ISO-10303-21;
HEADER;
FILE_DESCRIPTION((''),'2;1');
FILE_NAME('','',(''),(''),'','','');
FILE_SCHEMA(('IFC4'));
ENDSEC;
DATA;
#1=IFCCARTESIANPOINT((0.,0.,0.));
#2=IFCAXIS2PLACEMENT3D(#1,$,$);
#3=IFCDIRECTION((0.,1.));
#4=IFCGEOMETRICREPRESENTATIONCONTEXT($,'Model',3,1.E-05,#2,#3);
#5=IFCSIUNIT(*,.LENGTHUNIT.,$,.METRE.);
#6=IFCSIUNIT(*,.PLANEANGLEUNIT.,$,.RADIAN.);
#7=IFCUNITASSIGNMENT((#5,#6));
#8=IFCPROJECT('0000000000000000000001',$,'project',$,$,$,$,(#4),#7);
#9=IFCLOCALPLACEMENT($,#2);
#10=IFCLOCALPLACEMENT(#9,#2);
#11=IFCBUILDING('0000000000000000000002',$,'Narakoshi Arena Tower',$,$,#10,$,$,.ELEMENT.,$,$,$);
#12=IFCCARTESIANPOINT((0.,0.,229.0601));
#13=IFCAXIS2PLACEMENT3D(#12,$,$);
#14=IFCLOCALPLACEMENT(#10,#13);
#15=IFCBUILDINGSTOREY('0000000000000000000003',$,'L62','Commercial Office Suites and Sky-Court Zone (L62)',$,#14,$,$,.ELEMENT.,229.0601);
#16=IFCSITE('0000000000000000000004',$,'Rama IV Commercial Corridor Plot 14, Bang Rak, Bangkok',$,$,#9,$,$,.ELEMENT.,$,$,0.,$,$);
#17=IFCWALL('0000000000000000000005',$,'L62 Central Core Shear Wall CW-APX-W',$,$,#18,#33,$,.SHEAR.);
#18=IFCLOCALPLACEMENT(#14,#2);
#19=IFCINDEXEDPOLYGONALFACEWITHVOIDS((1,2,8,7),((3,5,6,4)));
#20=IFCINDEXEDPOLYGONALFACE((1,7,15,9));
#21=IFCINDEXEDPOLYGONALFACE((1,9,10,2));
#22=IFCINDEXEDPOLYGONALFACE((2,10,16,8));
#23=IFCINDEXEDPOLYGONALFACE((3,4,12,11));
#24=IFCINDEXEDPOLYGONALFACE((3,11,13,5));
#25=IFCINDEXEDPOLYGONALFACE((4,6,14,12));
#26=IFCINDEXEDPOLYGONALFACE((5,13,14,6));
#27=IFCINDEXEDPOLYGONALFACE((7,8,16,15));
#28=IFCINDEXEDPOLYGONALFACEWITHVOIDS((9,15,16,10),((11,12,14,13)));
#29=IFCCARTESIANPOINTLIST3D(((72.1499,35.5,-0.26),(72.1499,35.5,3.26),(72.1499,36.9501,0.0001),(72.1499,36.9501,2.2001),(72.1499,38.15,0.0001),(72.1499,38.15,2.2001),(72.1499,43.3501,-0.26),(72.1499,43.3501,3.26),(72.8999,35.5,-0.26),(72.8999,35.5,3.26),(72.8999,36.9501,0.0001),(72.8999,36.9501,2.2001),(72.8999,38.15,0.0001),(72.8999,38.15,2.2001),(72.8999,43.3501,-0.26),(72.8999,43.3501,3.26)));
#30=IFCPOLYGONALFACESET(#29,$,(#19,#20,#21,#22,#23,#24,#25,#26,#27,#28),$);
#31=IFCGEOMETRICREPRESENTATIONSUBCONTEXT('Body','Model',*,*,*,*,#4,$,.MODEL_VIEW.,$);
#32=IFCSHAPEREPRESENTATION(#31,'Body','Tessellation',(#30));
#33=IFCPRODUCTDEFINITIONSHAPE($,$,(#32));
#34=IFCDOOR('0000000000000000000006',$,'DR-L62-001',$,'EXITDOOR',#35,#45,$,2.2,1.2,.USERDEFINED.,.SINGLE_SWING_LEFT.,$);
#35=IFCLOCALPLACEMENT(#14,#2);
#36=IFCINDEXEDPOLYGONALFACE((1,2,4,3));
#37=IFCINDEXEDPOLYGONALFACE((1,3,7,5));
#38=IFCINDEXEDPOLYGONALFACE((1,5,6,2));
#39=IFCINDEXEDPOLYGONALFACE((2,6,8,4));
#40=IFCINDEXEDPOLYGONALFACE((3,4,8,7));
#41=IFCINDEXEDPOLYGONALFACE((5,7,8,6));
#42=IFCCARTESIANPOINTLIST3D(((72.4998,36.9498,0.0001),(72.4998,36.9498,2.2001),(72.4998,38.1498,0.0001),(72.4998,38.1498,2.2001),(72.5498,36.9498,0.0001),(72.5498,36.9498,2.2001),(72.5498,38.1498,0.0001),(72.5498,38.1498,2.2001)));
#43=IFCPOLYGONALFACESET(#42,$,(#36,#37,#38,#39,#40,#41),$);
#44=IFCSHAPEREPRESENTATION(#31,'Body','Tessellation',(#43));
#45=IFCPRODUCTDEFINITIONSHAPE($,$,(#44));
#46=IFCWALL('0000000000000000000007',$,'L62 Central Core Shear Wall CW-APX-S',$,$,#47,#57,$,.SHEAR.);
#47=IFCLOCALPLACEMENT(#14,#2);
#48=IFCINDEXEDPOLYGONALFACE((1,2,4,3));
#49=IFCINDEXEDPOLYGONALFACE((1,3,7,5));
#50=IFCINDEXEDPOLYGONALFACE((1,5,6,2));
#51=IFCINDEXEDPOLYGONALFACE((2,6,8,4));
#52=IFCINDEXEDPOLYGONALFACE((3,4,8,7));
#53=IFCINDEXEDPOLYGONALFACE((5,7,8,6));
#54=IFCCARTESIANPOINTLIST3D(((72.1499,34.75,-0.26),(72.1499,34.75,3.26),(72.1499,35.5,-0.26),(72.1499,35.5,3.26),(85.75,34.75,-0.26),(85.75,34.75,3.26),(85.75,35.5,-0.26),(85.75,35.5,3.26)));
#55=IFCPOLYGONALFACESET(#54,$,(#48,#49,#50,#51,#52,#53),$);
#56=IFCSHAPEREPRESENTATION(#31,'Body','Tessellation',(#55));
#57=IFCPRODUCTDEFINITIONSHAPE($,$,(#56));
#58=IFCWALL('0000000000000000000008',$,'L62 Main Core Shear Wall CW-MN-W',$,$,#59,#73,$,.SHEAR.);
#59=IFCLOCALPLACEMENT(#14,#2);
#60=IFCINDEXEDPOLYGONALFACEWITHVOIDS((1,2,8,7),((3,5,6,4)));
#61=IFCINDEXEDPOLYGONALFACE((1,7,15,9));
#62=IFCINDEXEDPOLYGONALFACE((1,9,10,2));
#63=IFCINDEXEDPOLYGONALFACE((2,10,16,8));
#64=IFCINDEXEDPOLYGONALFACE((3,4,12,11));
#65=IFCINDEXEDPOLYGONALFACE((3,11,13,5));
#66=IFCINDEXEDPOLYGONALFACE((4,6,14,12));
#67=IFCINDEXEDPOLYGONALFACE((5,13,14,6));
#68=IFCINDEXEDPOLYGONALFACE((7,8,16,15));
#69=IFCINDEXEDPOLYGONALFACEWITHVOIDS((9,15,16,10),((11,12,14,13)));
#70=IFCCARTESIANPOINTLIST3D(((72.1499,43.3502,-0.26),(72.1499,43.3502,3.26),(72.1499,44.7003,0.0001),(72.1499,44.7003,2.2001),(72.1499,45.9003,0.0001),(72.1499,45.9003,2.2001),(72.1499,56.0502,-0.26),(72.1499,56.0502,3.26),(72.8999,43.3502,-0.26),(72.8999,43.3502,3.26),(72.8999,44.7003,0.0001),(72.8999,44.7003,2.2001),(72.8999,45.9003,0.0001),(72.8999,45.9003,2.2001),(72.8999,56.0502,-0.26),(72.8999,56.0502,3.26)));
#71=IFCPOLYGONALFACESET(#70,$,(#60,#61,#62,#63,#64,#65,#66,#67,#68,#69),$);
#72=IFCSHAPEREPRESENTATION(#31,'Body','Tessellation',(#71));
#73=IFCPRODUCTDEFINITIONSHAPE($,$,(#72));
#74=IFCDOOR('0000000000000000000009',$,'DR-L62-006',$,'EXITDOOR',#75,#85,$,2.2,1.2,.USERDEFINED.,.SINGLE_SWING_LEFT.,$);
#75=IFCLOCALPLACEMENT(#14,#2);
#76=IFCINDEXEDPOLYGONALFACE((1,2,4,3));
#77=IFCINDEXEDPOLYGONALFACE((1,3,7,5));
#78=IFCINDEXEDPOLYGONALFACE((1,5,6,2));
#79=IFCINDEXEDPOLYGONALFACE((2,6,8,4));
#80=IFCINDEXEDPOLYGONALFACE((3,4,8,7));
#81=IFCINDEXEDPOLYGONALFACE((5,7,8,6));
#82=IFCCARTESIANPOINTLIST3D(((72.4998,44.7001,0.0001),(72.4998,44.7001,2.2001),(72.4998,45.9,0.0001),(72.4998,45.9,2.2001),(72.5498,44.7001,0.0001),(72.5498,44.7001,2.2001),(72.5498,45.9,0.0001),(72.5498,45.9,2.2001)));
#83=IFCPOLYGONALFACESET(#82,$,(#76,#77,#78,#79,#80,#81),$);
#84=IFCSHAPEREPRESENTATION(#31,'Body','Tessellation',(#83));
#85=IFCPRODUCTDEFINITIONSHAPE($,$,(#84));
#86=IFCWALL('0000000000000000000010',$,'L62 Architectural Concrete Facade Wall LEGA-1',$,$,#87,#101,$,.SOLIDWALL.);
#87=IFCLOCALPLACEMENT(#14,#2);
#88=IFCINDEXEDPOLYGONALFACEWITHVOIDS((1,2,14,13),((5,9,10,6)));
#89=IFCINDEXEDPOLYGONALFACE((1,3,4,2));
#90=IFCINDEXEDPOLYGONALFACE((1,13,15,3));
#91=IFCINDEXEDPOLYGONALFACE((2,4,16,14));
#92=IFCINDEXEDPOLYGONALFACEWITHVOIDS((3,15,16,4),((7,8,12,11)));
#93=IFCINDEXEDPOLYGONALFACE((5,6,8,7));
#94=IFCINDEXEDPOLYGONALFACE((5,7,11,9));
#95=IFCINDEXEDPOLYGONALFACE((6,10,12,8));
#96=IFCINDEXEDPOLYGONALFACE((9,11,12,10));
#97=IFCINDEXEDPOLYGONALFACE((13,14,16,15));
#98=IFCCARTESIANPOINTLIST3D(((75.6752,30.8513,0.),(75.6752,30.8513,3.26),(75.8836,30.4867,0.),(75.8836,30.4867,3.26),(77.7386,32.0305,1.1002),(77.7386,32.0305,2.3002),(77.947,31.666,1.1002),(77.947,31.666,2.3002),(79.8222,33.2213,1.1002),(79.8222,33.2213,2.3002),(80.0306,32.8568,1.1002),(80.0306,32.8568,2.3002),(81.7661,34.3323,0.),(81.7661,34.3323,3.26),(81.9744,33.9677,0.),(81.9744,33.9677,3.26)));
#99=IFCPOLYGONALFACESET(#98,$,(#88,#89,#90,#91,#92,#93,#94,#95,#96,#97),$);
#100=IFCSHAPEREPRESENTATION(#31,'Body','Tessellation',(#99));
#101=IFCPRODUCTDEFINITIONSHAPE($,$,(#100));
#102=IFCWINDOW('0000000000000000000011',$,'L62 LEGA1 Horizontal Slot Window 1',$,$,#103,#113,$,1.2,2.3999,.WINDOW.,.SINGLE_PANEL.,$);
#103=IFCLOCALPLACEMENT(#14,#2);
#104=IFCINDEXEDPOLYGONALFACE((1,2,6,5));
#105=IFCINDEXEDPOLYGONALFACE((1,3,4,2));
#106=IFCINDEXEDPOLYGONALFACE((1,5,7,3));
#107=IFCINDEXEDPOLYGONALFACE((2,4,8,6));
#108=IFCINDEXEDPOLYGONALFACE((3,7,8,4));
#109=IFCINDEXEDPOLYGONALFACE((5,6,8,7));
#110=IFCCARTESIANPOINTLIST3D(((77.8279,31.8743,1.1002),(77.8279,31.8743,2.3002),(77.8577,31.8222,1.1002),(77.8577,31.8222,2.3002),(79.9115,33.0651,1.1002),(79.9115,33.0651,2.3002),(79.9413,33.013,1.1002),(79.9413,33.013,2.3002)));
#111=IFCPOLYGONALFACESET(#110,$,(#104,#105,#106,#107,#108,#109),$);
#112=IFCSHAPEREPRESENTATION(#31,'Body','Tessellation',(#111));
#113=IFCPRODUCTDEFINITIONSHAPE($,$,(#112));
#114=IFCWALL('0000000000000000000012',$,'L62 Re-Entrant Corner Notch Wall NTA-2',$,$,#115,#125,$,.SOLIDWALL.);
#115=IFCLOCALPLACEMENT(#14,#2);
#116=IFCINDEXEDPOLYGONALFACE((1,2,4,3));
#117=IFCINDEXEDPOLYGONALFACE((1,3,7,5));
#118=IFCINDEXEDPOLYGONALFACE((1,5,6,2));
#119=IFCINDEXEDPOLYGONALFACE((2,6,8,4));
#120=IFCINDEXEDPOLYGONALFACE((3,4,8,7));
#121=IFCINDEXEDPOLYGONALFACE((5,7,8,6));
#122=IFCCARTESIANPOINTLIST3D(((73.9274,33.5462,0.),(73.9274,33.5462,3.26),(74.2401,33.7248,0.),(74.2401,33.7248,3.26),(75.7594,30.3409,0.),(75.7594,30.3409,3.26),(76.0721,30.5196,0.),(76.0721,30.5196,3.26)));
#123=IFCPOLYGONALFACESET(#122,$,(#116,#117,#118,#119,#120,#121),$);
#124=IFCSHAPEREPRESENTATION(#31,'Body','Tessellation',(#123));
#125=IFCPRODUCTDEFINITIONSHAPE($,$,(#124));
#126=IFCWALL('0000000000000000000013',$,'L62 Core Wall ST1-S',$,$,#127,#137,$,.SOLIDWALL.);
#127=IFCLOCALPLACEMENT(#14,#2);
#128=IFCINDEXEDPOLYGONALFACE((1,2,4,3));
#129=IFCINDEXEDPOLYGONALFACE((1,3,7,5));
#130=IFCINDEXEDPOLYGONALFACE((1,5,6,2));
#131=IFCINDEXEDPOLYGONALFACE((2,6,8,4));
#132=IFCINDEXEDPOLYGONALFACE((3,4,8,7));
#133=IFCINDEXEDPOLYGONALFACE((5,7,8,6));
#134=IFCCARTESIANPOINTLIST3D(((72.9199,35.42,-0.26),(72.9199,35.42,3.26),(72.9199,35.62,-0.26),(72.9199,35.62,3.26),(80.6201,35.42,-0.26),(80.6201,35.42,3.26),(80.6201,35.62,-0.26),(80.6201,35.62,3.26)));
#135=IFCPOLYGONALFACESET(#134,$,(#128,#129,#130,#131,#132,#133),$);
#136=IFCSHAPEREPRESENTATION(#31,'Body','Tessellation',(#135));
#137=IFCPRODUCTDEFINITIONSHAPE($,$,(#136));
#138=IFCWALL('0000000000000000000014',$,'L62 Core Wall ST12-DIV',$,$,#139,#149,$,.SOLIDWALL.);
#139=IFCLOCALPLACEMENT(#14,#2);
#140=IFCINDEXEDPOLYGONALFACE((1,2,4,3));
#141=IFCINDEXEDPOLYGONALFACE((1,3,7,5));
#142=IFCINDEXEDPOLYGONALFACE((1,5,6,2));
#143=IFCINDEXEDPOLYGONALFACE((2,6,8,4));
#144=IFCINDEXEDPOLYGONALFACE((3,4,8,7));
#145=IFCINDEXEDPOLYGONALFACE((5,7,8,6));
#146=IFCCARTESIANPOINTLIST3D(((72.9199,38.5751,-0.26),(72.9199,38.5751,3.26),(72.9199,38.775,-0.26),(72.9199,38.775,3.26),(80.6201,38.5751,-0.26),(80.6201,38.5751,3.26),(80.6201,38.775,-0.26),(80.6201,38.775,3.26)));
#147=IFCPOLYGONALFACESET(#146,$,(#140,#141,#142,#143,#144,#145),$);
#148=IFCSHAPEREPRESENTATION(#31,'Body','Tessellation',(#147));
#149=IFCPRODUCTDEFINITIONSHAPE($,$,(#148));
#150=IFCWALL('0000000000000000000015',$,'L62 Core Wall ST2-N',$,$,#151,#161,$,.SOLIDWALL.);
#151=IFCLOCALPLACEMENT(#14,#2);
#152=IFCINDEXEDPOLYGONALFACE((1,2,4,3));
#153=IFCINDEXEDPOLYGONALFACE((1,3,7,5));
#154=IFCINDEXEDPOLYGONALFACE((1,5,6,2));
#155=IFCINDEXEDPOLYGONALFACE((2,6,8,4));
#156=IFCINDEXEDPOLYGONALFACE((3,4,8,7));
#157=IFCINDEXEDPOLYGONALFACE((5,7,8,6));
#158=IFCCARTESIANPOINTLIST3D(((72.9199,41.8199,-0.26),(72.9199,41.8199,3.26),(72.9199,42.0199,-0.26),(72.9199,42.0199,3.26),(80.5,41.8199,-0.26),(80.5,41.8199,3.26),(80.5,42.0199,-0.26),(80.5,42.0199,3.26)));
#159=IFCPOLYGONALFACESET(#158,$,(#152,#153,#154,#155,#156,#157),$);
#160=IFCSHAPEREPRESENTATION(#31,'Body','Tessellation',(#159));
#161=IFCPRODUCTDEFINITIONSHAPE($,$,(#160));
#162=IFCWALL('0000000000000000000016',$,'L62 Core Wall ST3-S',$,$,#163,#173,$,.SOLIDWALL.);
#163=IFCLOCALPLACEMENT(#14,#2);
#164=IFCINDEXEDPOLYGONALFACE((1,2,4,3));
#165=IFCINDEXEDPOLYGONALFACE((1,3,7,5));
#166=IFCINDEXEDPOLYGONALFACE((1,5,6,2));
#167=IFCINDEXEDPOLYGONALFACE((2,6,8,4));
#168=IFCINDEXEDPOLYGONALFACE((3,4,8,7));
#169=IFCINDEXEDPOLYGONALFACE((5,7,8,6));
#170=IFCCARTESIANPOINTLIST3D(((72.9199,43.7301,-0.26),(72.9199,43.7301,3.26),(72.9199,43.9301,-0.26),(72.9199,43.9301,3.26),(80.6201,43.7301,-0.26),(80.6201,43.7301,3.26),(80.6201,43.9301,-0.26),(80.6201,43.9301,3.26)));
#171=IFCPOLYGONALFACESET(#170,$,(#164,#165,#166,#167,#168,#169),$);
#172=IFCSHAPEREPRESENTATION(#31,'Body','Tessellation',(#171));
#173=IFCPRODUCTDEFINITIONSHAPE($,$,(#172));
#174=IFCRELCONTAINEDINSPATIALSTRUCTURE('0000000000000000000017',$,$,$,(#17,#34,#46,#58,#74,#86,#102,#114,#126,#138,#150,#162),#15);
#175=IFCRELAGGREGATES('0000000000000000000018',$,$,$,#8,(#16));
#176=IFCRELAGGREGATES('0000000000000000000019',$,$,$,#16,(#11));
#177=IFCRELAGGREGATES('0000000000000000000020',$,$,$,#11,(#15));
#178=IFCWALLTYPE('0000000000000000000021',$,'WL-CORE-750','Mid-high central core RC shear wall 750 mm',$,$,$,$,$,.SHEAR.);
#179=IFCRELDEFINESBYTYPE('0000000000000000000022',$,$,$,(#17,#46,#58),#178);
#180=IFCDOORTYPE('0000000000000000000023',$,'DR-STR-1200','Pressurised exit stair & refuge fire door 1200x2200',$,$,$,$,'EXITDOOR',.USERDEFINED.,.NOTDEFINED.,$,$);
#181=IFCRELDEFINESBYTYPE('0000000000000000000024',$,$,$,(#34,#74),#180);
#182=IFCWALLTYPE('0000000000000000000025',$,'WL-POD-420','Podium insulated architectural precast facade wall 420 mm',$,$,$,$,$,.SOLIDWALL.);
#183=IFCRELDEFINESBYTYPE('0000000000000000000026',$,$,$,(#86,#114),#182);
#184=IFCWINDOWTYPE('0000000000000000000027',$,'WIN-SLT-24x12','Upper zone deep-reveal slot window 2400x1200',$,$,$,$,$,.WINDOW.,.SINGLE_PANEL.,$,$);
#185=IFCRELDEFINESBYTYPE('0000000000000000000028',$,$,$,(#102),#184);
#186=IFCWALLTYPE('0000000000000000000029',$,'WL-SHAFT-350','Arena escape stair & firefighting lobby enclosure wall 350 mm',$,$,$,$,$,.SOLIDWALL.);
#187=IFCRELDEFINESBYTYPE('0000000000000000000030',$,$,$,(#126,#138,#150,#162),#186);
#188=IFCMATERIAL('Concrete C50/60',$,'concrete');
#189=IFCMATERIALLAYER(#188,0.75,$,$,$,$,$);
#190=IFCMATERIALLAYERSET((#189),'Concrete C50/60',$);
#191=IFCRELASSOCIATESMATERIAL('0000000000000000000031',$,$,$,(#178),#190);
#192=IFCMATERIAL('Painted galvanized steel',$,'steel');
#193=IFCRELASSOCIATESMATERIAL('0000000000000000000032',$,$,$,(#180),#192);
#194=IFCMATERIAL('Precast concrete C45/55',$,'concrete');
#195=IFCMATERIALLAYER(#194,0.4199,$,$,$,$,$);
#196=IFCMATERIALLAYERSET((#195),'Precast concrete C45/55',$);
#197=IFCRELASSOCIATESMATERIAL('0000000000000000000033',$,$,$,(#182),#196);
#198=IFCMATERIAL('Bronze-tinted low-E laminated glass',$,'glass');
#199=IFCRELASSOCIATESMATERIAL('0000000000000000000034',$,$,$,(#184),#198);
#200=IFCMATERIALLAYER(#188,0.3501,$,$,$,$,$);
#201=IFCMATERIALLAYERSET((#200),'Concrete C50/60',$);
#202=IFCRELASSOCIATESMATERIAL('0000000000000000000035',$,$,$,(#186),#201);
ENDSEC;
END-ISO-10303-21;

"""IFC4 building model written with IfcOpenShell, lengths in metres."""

from ifc_helpers import new_model, si_unit, direction, frame, frame_2d, origin, place, context, subcontext, project, spatial, rectangle, extrude, material, layer, layer_set, type_object, element, fill, save


model = new_model("IFC4")

# Units and contexts
model_context = context("Model", 3, precision=1e-05, world=origin(), true_north=direction((0.0, 1.0)))
body_context = subcontext(model_context, "Body", "Model", "MODEL_VIEW")
ifc_project = project(units=[si_unit("LENGTHUNIT", "METRE"), si_unit("PLANEANGLEUNIT", "RADIAN")], contexts=[model_context])

# Site, building, storey
site_placement = place(None, origin())
site = spatial("IfcSite", under=ifc_project, at=site_placement, Name="Rama IV Commercial Corridor Plot 14, Bang Rak, Bangkok", CompositionType="ELEMENT", RefElevation=0.0)
building_placement = place(site_placement, origin())
building = spatial("IfcBuilding", under=site, at=building_placement, Name="Narakoshi Arena Tower", CompositionType="ELEMENT")
storey_placement = place(building_placement, frame((0.0, 0.0, 229.0601)))
storey = spatial("IfcBuildingStorey", under=building, at=storey_placement, Name="L62", Description="Commercial Office Suites and Sky-Court Zone (L62)", CompositionType="ELEMENT", Elevation=229.0601)

# Wall, opening, door
ifc_material_1 = material(Name="Concrete C50/60", Category="concrete")
ifc_layer_1 = layer(ifc_material_1, 0.75)
ifc_layer_set_1 = layer_set([ifc_layer_1], Name="Concrete C50/60")
wall_type_1 = type_object("IfcWallType", Name="WL-CORE-750", Description="Mid-high central core RC shear wall 750 mm", PredefinedType="SHEAR", material=ifc_layer_set_1)
wall_1_placement = place(storey_placement, frame((72.5249, 35.5, -0.26), z_axis=(0.0, 0.0, 1.0), x_axis=(0.0, 1.0, 0.0)))
wall_1 = element("IfcWall", 1, at=wall_1_placement, inside=storey, type_object=wall_type_1, Name="L62 Central Core Shear Wall CW-APX-W", PredefinedType="SHEAR", context=body_context, shape_type="SweptSolid", body=[
    extrude(rectangle(XDim=7.8501, YDim=0.75, at=frame_2d((3.925, 0.0))), origin(), (0.0, 0.0, 1.0), 3.52),
])
opening_1_placement = place(wall_1_placement, frame((1.45, 0.0, 0.26)))
opening_1 = element("IfcOpeningElement", 2, at=opening_1_placement, cuts=wall_1, PredefinedType="OPENING", context=body_context, shape_type="SweptSolid", body=[
    extrude(rectangle(XDim=1.2, YDim=2.2, at=frame_2d((0.6001, 1.1001))), frame((0.0, 0.385, 0.0), z_axis=(0.0, -1.0, 0.0), x_axis=(1.0, 0.0, 0.0)), (0.0, 0.0, 1.0), 0.77),
])
ifc_material_2 = material(Name="Painted galvanized steel", Category="steel")
door_type = type_object("IfcDoorType", Name="DR-STR-1200", Description="Pressurised exit stair & refuge fire door 1200x2200", ElementType="EXITDOOR", OperationType="NOTDEFINED", PredefinedType="USERDEFINED", material=ifc_material_2)
door_1_placement = place(opening_1_placement, frame((1.2, 0.0, 0.0), z_axis=(0.0, 0.0, 1.0), x_axis=(-1.0, 0.0, 0.0)))
door_1 = element("IfcDoor", 3, at=door_1_placement, inside=storey, type_object=door_type, Name="DR-L62-001", ObjectType="EXITDOOR", OperationType="SINGLE_SWING_LEFT", OverallHeight=2.2, OverallWidth=1.2, PredefinedType="USERDEFINED", context=body_context, shape_type="SweptSolid", body=[
    extrude(rectangle(XDim=1.2, YDim=2.2, at=frame_2d((0.6001, 1.1001))), frame((0.0, 0.0249, 0.0), z_axis=(0.0, -1.0, 0.0), x_axis=(1.0, 0.0, 0.0)), (0.0, 0.0, 1.0), 0.05),
])
fill(opening_1, door_1)

# Wall
wall_2_placement = place(storey_placement, frame((72.1499, 35.125, -0.26), z_axis=(0.0, 0.0, 1.0), x_axis=(1.0, 0.0, 0.0)))
element("IfcWall", 4, at=wall_2_placement, inside=storey, type_object=wall_type_1, Name="L62 Central Core Shear Wall CW-APX-S", PredefinedType="SHEAR", context=body_context, shape_type="SweptSolid", body=[
    extrude(rectangle(XDim=13.6001, YDim=0.75, at=frame_2d((6.8, 0.0))), origin(), (0.0, 0.0, 1.0), 3.52),
])

# Wall, opening, door
wall_3_placement = place(storey_placement, frame((72.5249, 43.3501, -0.26), z_axis=(0.0, 0.0, 1.0), x_axis=(0.0, 1.0, 0.0)))
wall_3 = element("IfcWall", 5, at=wall_3_placement, inside=storey, type_object=wall_type_1, Name="L62 Main Core Shear Wall CW-MN-W", PredefinedType="SHEAR", context=body_context, shape_type="SweptSolid", body=[
    extrude(rectangle(XDim=12.7, YDim=0.75, at=frame_2d((6.3501, 0.0))), origin(), (0.0, 0.0, 1.0), 3.52),
])
opening_2_placement = place(wall_3_placement, frame((1.3501, 0.0, 0.26)))
opening_2 = element("IfcOpeningElement", 6, at=opening_2_placement, cuts=wall_3, PredefinedType="OPENING", context=body_context, shape_type="SweptSolid", body=[
    extrude(rectangle(XDim=1.2, YDim=2.2, at=frame_2d((0.6001, 1.1001))), frame((0.0, 0.385, 0.0), z_axis=(0.0, -1.0, 0.0), x_axis=(1.0, 0.0, 0.0)), (0.0, 0.0, 1.0), 0.77),
])
door_2_placement = place(opening_2_placement, frame((1.2, 0.0, 0.0), z_axis=(0.0, 0.0, 1.0), x_axis=(-1.0, 0.0, 0.0)))
door_2 = element("IfcDoor", 7, at=door_2_placement, inside=storey, type_object=door_type, Name="DR-L62-006", ObjectType="EXITDOOR", OperationType="SINGLE_SWING_LEFT", OverallHeight=2.2, OverallWidth=1.2, PredefinedType="USERDEFINED", context=body_context, shape_type="SweptSolid", body=[
    extrude(rectangle(XDim=1.2, YDim=2.2, at=frame_2d((0.6001, 1.1001))), frame((0.0, 0.0249, 0.0), z_axis=(0.0, -1.0, 0.0), x_axis=(1.0, 0.0, 0.0)), (0.0, 0.0, 1.0), 0.05),
])
fill(opening_2, door_2)

# Wall, opening, window
ifc_material_3 = material(Name="Precast concrete C45/55", Category="concrete")
ifc_layer_2 = layer(ifc_material_3, 0.4199)
ifc_layer_set_2 = layer_set([ifc_layer_2], Name="Precast concrete C45/55")
wall_type_2 = type_object("IfcWallType", Name="WL-POD-420", Description="Podium insulated architectural precast facade wall 420 mm", PredefinedType="SOLIDWALL", material=ifc_layer_set_2)
wall_4_placement = place(storey_placement, frame((75.7793, 30.6689, 0.0), z_axis=(0.0, 0.0, 1.0), x_axis=(0.868213, 0.496191, 0.0)))
wall_4 = element("IfcWall", 8, at=wall_4_placement, inside=storey, type_object=wall_type_2, Name="L62 Architectural Concrete Facade Wall LEGA-1", PredefinedType="SOLIDWALL", context=body_context, shape_type="SweptSolid", body=[
    extrude(rectangle(XDim=7.0154, YDim=0.4199, at=frame_2d((3.5078, 0.0))), origin(), (0.0, 0.0, 1.0), 3.26),
])
opening_3_placement = place(wall_4_placement, frame((2.3767, 0.0, 1.1001)))
opening_3 = element("IfcOpeningElement", 9, at=opening_3_placement, cuts=wall_4, PredefinedType="OPENING", context=body_context, shape_type="SweptSolid", body=[
    extrude(rectangle(XDim=2.3999, YDim=1.2, at=frame_2d((1.2, 0.6001))), frame((0.0, 0.22, 0.0), z_axis=(0.0, -1.0, 0.0), x_axis=(1.0, 0.0, 0.0)), (0.0, 0.0, 1.0), 0.4399),
])
ifc_material_4 = material(Name="Bronze-tinted low-E laminated glass", Category="glass")
window_type = type_object("IfcWindowType", Name="WIN-SLT-24x12", Description="Upper zone deep-reveal slot window 2400x1200", PartitioningType="SINGLE_PANEL", PredefinedType="WINDOW", material=ifc_material_4)
window_placement = place(opening_3_placement, origin())
window = element("IfcWindow", 10, at=window_placement, inside=storey, type_object=window_type, Name="L62 LEGA1 Horizontal Slot Window 1", OverallHeight=1.2, OverallWidth=2.3999, PartitioningType="SINGLE_PANEL", PredefinedType="WINDOW", context=body_context, shape_type="SweptSolid", body=[
    extrude(rectangle(XDim=2.3999, YDim=1.2, at=frame_2d((1.2, 0.6001))), frame((0.0, 0.03, 0.0), z_axis=(0.0, -1.0, 0.0), x_axis=(1.0, 0.0, 0.0)), (0.0, 0.0, 1.0), 0.0601),
])
fill(opening_3, window)

# Walls
wall_5_placement = place(storey_placement, frame((74.0837, 33.6355, 0.0), z_axis=(0.0, 0.0, 1.0), x_axis=(0.496224, -0.868194, 0.0)))
element("IfcWall", 11, at=wall_5_placement, inside=storey, type_object=wall_type_2, Name="L62 Re-Entrant Corner Notch Wall NTA-2", PredefinedType="SOLIDWALL", context=body_context, shape_type="SweptSolid", body=[
    extrude(rectangle(XDim=3.6919, YDim=0.3601, at=frame_2d((1.8459, 0.0))), origin(), (0.0, 0.0, 1.0), 3.26),
])
ifc_layer_3 = layer(ifc_material_1, 0.3501)
ifc_layer_set_3 = layer_set([ifc_layer_3], Name="Concrete C50/60")
wall_type_3 = type_object("IfcWallType", Name="WL-SHAFT-350", Description="Arena escape stair & firefighting lobby enclosure wall 350 mm", PredefinedType="SOLIDWALL", material=ifc_layer_set_3)
for number, where, z_axis, x_axis, name in (
    (12, (72.9199, 35.52, -0.26), (0.0, 0.0, 1.0), (1.0, 0.0, 0.0), "L62 Core Wall ST1-S"),
    (13, (72.9199, 38.675, -0.26), (0.0, 0.0, 1.0), (1.0, 0.0, 0.0), "L62 Core Wall ST12-DIV"),
):
    element("IfcWall", number, at=place(storey_placement, frame(where, z_axis=z_axis, x_axis=x_axis)), inside=storey, type_object=wall_type_3, Name=name, PredefinedType="SOLIDWALL", context=body_context, shape_type="SweptSolid", body=[
        extrude(rectangle(XDim=7.7002, YDim=0.2, at=frame_2d((3.8501, 0.0))), origin(), (0.0, 0.0, 1.0), 3.52),
    ])
wall_6_placement = place(storey_placement, frame((72.9199, 41.9199, -0.26), z_axis=(0.0, 0.0, 1.0), x_axis=(1.0, 0.0, 0.0)))
element("IfcWall", 14, at=wall_6_placement, inside=storey, type_object=wall_type_3, Name="L62 Core Wall ST2-N", PredefinedType="SOLIDWALL", context=body_context, shape_type="SweptSolid", body=[
    extrude(rectangle(XDim=7.5801, YDim=0.2, at=frame_2d((3.79, 0.0))), origin(), (0.0, 0.0, 1.0), 3.52),
])
wall_7_placement = place(storey_placement, frame((72.9199, 43.8301, -0.26), z_axis=(0.0, 0.0, 1.0), x_axis=(1.0, 0.0, 0.0)))
element("IfcWall", 15, at=wall_7_placement, inside=storey, type_object=wall_type_3, Name="L62 Core Wall ST3-S", PredefinedType="SOLIDWALL", context=body_context, shape_type="SweptSolid", body=[
    extrude(rectangle(XDim=7.7002, YDim=0.2, at=frame_2d((3.8501, 0.0))), origin(), (0.0, 0.0, 1.0), 3.52),
])

save(model, "model.ifc")
